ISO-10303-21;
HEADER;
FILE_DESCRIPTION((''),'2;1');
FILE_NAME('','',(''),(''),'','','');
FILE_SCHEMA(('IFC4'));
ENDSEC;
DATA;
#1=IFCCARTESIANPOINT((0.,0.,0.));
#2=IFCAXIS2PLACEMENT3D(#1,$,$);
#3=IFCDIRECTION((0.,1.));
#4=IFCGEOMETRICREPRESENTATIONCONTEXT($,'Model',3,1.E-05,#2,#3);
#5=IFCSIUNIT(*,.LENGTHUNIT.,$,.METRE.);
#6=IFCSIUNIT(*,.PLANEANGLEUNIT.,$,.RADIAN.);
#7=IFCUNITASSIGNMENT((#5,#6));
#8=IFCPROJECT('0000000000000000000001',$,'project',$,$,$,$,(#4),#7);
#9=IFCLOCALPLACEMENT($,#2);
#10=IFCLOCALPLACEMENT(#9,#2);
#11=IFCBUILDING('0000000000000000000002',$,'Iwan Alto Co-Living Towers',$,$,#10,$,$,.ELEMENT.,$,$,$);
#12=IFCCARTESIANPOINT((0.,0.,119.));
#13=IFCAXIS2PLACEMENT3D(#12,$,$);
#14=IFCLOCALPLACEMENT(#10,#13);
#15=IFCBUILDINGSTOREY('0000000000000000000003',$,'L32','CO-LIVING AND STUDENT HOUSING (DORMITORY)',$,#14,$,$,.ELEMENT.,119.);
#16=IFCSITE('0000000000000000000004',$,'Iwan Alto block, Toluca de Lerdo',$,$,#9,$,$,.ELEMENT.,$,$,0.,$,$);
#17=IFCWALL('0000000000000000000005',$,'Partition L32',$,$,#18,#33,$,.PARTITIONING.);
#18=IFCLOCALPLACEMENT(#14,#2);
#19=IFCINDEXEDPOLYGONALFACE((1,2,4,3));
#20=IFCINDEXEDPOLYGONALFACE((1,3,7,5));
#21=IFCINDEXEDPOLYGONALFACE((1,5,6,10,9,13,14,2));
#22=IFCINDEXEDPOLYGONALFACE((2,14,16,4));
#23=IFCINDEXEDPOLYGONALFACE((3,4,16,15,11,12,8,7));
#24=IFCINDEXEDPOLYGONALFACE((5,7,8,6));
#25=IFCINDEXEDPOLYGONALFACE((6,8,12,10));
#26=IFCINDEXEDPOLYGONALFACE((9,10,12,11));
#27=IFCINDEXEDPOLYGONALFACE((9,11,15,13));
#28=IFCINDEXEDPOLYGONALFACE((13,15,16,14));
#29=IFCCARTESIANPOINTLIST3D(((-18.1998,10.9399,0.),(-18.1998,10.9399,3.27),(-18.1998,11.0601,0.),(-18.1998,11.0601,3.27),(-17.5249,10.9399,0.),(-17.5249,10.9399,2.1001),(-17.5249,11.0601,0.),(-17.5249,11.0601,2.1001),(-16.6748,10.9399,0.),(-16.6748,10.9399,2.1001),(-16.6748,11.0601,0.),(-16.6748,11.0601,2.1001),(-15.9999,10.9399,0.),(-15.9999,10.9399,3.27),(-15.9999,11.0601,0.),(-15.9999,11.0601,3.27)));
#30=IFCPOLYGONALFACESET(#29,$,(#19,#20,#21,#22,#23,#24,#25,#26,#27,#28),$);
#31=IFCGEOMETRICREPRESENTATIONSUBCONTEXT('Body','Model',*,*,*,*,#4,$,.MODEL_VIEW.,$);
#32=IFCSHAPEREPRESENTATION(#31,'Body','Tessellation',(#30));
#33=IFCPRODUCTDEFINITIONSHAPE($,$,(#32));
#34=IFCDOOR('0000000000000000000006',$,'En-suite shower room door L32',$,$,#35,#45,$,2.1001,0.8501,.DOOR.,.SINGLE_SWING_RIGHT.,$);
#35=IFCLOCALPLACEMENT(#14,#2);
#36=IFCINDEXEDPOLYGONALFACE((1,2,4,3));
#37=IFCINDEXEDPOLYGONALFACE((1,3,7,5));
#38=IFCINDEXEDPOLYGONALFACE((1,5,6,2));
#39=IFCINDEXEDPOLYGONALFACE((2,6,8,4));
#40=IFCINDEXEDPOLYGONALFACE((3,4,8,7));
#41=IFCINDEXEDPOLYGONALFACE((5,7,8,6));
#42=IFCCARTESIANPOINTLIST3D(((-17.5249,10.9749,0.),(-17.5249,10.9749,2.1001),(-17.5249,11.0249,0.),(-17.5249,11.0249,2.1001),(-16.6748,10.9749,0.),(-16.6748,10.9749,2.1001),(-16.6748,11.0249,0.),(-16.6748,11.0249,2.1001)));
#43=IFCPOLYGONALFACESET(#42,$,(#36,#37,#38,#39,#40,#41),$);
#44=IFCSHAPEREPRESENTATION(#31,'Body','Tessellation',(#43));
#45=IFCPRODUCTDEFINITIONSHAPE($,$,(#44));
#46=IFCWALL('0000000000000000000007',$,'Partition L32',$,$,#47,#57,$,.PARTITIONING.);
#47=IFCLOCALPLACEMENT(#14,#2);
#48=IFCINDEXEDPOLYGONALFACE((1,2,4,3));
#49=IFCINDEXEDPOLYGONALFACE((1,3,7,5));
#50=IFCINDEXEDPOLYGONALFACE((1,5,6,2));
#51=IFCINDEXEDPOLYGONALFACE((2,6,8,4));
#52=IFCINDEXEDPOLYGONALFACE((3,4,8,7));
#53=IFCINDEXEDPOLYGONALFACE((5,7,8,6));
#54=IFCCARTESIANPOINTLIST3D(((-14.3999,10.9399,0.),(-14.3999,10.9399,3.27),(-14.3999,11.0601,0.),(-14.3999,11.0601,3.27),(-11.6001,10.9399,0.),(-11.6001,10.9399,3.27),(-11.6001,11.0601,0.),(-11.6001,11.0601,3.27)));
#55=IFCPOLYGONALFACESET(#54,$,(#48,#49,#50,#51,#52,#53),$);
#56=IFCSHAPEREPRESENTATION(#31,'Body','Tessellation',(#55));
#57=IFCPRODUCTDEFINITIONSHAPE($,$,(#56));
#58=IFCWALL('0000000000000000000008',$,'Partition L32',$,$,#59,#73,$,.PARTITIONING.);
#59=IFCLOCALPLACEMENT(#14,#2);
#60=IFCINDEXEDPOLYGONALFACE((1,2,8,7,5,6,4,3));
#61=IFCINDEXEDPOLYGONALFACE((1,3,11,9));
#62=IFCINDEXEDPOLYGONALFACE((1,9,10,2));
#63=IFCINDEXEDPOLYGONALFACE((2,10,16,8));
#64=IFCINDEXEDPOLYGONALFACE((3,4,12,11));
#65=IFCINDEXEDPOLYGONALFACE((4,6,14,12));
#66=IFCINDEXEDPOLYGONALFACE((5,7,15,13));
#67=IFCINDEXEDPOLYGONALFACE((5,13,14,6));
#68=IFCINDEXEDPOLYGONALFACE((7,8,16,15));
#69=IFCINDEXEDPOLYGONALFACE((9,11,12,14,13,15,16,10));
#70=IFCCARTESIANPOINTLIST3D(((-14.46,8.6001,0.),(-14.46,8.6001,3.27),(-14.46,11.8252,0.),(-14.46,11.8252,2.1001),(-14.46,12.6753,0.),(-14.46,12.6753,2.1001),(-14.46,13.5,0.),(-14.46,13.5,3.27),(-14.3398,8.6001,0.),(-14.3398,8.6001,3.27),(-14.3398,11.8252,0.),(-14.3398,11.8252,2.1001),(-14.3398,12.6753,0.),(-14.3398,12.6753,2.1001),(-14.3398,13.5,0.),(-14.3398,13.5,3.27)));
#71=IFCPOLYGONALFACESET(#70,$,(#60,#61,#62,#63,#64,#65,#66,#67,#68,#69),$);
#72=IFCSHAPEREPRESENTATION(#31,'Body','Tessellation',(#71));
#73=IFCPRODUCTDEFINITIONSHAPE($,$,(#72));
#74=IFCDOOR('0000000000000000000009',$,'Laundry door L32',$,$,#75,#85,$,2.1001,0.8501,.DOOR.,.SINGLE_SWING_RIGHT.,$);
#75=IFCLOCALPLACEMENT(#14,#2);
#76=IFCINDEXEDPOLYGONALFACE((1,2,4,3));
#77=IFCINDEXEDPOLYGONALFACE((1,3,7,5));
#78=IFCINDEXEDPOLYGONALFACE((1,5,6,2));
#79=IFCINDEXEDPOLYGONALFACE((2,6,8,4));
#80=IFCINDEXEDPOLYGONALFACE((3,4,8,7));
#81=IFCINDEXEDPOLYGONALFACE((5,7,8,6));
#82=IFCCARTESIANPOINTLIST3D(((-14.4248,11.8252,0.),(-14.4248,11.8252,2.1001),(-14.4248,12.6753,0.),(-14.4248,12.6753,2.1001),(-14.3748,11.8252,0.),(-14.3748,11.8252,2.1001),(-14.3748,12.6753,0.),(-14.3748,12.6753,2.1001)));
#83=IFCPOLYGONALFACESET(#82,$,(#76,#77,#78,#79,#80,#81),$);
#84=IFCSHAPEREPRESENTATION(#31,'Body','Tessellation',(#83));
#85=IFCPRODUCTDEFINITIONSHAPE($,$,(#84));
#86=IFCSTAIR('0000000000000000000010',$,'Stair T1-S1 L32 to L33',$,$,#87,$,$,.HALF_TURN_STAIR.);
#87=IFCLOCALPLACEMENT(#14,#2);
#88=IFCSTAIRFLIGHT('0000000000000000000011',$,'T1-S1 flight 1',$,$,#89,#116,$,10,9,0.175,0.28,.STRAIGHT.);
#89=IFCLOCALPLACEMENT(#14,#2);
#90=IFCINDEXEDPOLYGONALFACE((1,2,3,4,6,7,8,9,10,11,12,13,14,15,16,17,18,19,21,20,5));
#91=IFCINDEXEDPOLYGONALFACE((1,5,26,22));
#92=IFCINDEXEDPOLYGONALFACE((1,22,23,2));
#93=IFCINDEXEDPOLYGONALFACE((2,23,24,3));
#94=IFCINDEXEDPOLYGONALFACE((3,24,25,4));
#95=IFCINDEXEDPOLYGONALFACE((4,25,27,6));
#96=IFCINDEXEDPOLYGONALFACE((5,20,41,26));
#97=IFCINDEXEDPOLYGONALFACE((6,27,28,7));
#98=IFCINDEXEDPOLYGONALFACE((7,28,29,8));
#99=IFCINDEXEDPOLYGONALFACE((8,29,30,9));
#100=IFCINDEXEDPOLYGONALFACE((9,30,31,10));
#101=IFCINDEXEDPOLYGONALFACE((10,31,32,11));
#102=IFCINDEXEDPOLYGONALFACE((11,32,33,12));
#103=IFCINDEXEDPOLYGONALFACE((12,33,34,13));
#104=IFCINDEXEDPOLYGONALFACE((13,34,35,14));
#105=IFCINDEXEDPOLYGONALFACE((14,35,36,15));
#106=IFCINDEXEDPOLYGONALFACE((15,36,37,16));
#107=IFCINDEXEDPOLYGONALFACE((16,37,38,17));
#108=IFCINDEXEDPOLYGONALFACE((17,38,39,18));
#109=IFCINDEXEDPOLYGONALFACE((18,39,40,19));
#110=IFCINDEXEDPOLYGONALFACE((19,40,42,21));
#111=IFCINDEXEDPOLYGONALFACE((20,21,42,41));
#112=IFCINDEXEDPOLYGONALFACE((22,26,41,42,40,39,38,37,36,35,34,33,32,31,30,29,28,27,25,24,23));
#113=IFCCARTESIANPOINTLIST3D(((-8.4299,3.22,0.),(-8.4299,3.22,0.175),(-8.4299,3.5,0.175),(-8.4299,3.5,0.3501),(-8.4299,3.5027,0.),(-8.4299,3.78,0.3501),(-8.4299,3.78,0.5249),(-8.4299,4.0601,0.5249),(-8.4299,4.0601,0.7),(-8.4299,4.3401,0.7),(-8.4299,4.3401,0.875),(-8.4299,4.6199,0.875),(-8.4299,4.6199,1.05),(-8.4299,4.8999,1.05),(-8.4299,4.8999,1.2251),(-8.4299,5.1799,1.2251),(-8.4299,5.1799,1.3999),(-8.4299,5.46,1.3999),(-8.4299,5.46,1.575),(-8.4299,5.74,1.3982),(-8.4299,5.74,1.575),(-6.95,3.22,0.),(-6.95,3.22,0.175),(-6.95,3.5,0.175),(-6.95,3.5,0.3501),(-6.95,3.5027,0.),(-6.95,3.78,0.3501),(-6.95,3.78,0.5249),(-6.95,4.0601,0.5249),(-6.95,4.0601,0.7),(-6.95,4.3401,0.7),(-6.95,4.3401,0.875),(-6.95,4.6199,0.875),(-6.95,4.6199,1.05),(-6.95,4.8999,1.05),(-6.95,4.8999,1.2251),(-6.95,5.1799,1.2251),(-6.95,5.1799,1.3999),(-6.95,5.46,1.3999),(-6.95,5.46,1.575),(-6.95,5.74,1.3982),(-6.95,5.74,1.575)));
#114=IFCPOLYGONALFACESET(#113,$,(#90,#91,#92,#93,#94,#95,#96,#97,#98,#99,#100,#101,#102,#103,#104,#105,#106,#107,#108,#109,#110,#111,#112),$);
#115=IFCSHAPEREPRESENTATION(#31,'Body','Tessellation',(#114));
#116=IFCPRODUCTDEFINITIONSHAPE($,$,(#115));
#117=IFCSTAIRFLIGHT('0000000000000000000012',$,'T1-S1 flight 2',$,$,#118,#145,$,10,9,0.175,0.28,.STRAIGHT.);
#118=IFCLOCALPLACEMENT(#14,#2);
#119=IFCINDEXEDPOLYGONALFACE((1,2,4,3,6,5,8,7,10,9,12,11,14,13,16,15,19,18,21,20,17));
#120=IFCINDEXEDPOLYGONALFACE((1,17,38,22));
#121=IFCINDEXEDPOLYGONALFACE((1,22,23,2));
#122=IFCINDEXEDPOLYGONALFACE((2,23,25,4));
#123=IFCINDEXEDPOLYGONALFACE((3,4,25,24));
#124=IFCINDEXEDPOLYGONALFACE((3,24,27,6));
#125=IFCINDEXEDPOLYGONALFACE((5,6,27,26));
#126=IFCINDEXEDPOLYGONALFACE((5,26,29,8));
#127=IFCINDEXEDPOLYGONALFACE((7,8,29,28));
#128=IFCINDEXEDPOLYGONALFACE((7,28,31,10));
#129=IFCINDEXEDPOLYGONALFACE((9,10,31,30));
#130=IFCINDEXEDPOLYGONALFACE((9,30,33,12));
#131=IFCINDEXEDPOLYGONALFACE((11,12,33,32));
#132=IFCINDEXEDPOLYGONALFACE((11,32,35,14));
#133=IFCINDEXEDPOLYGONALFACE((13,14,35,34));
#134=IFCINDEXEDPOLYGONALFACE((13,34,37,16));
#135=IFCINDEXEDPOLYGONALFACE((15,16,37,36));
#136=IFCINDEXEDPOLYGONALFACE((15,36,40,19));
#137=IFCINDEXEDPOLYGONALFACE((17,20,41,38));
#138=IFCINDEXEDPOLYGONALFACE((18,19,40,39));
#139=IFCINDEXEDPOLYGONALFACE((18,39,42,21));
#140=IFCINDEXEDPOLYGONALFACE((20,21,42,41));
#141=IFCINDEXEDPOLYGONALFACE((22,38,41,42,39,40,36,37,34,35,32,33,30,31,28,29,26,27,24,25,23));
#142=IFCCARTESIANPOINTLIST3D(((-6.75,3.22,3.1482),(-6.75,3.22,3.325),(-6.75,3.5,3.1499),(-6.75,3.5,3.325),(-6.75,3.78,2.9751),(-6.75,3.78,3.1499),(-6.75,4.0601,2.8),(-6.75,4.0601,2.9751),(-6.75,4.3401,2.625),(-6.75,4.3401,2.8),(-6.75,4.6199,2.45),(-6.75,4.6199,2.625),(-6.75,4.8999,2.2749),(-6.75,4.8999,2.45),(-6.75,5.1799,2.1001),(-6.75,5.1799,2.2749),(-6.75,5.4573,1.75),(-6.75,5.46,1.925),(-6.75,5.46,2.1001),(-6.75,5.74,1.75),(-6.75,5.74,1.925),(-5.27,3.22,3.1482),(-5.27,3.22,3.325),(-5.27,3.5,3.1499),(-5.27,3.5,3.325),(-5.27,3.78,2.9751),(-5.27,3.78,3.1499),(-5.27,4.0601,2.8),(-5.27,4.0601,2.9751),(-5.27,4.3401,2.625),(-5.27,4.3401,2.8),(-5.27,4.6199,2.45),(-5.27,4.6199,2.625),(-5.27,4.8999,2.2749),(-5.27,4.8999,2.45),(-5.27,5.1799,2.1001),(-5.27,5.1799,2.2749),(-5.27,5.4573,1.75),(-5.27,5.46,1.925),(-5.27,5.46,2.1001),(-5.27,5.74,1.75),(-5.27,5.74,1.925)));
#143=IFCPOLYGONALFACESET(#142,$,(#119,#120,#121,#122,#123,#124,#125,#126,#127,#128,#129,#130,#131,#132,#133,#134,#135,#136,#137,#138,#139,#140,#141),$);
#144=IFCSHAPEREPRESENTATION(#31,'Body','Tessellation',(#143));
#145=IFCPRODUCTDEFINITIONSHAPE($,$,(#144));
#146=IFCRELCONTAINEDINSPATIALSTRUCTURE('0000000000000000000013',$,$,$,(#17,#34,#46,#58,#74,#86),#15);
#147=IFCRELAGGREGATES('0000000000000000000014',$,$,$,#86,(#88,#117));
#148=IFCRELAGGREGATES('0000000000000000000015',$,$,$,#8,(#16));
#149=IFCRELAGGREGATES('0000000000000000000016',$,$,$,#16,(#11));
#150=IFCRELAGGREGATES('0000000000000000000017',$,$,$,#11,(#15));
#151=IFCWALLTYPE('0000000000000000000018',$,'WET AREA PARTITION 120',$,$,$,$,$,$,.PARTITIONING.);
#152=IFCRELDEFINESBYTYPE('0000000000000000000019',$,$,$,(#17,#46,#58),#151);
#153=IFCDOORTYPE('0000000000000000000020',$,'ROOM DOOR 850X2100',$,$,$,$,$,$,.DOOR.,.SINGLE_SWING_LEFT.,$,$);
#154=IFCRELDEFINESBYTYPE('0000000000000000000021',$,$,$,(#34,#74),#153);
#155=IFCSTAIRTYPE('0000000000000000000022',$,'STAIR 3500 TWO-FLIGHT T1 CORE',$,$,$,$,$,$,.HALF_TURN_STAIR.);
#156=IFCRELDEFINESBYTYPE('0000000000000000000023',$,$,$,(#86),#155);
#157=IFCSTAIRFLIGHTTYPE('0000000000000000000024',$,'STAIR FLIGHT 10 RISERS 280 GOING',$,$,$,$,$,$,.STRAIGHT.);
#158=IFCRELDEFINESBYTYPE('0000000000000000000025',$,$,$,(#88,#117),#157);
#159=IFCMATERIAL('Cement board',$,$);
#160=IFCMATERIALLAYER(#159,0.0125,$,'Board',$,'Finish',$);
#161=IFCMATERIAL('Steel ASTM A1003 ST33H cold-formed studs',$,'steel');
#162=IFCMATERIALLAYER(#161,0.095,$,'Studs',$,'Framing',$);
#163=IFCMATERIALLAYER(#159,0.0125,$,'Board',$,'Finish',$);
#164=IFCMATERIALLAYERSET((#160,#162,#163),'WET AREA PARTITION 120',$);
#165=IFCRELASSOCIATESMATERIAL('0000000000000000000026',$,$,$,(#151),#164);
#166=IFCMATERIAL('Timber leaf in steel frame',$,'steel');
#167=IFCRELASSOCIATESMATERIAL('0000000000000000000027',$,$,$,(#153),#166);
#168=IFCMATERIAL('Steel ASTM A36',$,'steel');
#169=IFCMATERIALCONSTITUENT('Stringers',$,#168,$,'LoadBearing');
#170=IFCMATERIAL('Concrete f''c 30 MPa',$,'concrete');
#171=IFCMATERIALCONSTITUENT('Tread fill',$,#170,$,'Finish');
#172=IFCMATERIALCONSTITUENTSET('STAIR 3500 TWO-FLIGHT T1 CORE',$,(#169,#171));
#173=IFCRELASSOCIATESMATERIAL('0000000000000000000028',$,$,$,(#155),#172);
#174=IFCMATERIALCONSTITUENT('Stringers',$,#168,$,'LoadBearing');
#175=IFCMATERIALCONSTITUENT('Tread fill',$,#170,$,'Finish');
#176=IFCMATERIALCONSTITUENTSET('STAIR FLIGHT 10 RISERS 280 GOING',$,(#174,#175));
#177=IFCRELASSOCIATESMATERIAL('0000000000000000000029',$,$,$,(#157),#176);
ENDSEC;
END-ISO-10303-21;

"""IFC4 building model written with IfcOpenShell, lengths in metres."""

from ifc_helpers import new_model, si_unit, direction, frame, frame_2d, origin, place, context, subcontext, project, spatial, polyline, rectangle, outline, extrude, material, layer, layer_set, constituent, constituent_set, type_object, element, fill, aggregate, save


model = new_model("IFC4")

# Units and contexts
model_context = context("Model", 3, precision=1e-05, world=origin(), true_north=direction((0.0, 1.0)))
body_context = subcontext(model_context, "Body", "Model", "MODEL_VIEW")
ifc_project = project(units=[si_unit("LENGTHUNIT", "METRE"), si_unit("PLANEANGLEUNIT", "RADIAN")], contexts=[model_context])

# Site, building, storey
site_placement = place(None, origin())
site = spatial("IfcSite", under=ifc_project, at=site_placement, Name="Iwan Alto block, Toluca de Lerdo", CompositionType="ELEMENT", RefElevation=0.0)
building_placement = place(site_placement, origin())
building = spatial("IfcBuilding", under=site, at=building_placement, Name="Iwan Alto Co-Living Towers", CompositionType="ELEMENT")
storey_placement = place(building_placement, frame((0.0, 0.0, 119.0)))
storey = spatial("IfcBuildingStorey", under=building, at=storey_placement, Name="L32", Description="CO-LIVING AND STUDENT HOUSING (DORMITORY)", CompositionType="ELEMENT", Elevation=119.0)

# Shared definitions
ifc_material_1 = material(Name="Steel ASTM A1003 ST33H cold-formed studs", Category="steel")

# Wall, opening, door
ifc_material_2 = material(Name="Cement board")
ifc_layer_1 = layer(ifc_material_2, 0.0125, Name="Board", Category="Finish")
ifc_layer_2 = layer(ifc_material_1, 0.095, Name="Studs", Category="Framing")
ifc_layer_3 = layer(ifc_material_2, 0.0125, Name="Board", Category="Finish")
ifc_layer_set_1 = layer_set([ifc_layer_1, ifc_layer_2, ifc_layer_3], Name="WET AREA PARTITION 120")
wall_type_1 = type_object("IfcWallType", Name="WET AREA PARTITION 120", PredefinedType="PARTITIONING", material=ifc_layer_set_1)
ifc_material_3 = material(Name="Timber leaf in steel frame", Category="steel")
door_type_1 = type_object("IfcDoorType", Name="ROOM DOOR 850X2100", OperationType="SINGLE_SWING_LEFT", PredefinedType="DOOR", material=ifc_material_3)
wall_1_placement = place(storey_placement, frame((-18.2, 11.0, 0.0), z_axis=(0.0, 0.0, 1.0), x_axis=(1.0, 0.0, 0.0)))
wall_1 = element("IfcWall", 1, at=wall_1_placement, inside=storey, type_object=wall_type_1, Name="Partition L32", PredefinedType="PARTITIONING", context=body_context, shape_type="SweptSolid", body=[
    extrude(rectangle(XDim=2.2, YDim=0.1201, at=frame_2d((1.1001, 0.0))), origin(), (0.0, 0.0, 1.0), 3.27),
])
opening_1_placement = place(wall_1_placement, frame((0.675, 0.0, 0.0)))
opening_1 = element("IfcOpeningElement", 2, at=opening_1_placement, cuts=wall_1, PredefinedType="OPENING", context=body_context, shape_type="SweptSolid", body=[
    extrude(rectangle(XDim=0.8501, YDim=2.1001, at=frame_2d((0.425, 1.05))), frame((0.0, 0.0701, 0.0), z_axis=(0.0, -1.0, 0.0), x_axis=(1.0, 0.0, 0.0)), (0.0, 0.0, 1.0), 0.1401),
])
door_1_placement = place(opening_1_placement, origin())
door_1 = element("IfcDoor", 3, at=door_1_placement, inside=storey, type_object=door_type_1, Name="En-suite shower room door L32", OperationType="SINGLE_SWING_RIGHT", OverallHeight=2.1001, OverallWidth=0.8501, PredefinedType="DOOR", context=body_context, shape_type="SweptSolid", body=[
    extrude(rectangle(XDim=0.8501, YDim=2.1001, at=frame_2d((0.425, 1.05))), frame((0.0, 0.0249, 0.0), z_axis=(0.0, -1.0, 0.0), x_axis=(1.0, 0.0, 0.0)), (0.0, 0.0, 1.0), 0.05),
])
fill(opening_1, door_1)

# Wall
wall_2_placement = place(storey_placement, frame((-14.3999, 11.0, 0.0), z_axis=(0.0, 0.0, 1.0), x_axis=(1.0, 0.0, 0.0)))
element("IfcWall", 4, at=wall_2_placement, inside=storey, type_object=wall_type_1, Name="Partition L32", PredefinedType="PARTITIONING", context=body_context, shape_type="SweptSolid", body=[
    extrude(rectangle(XDim=2.7998, YDim=0.1201, at=frame_2d((1.3999, 0.0))), origin(), (0.0, 0.0, 1.0), 3.27),
])

# Wall, opening, door
wall_3_placement = place(storey_placement, frame((-14.3999, 8.6001, 0.0), z_axis=(0.0, 0.0, 1.0), x_axis=(0.0, 1.0, 0.0)))
wall_3 = element("IfcWall", 5, at=wall_3_placement, inside=storey, type_object=wall_type_1, Name="Partition L32", PredefinedType="PARTITIONING", context=body_context, shape_type="SweptSolid", body=[
    extrude(rectangle(XDim=4.8999, YDim=0.1201, at=frame_2d((2.45, 0.0))), origin(), (0.0, 0.0, 1.0), 3.27),
])
opening_2_placement = place(wall_3_placement, frame((3.2251, 0.0, 0.0)))
opening_2 = element("IfcOpeningElement", 6, at=opening_2_placement, cuts=wall_3, PredefinedType="OPENING", context=body_context, shape_type="SweptSolid", body=[
    extrude(rectangle(XDim=0.8501, YDim=2.1001, at=frame_2d((0.425, 1.05))), frame((0.0, 0.0701, 0.0), z_axis=(0.0, -1.0, 0.0), x_axis=(1.0, 0.0, 0.0)), (0.0, 0.0, 1.0), 0.1401),
])
door_2_placement = place(opening_2_placement, origin())
door_2 = element("IfcDoor", 7, at=door_2_placement, inside=storey, type_object=door_type_1, Name="Laundry door L32", OperationType="SINGLE_SWING_RIGHT", OverallHeight=2.1001, OverallWidth=0.8501, PredefinedType="DOOR", context=body_context, shape_type="SweptSolid", body=[
    extrude(rectangle(XDim=0.8501, YDim=2.1001, at=frame_2d((0.425, 1.05))), frame((0.0, 0.0249, 0.0), z_axis=(0.0, -1.0, 0.0), x_axis=(1.0, 0.0, 0.0)), (0.0, 0.0, 1.0), 0.05),
])
fill(opening_2, door_2)

# Stair, stair flights
ifc_material_4 = material(Name="Steel ASTM A36", Category="steel")
ifc_constituent_1 = constituent(ifc_material_4, Name="Stringers", Category="LoadBearing")
ifc_material_5 = material(Name="Concrete f'c 30 MPa", Category="concrete")
ifc_constituent_2 = constituent(ifc_material_5, Name="Tread fill", Category="Finish")
ifc_constituent_set_1 = constituent_set(constituents=[ifc_constituent_1, ifc_constituent_2], Name="STAIR 3500 TWO-FLIGHT T1 CORE")
stair_type = type_object("IfcStairType", Name="STAIR 3500 TWO-FLIGHT T1 CORE", PredefinedType="HALF_TURN_STAIR", material=ifc_constituent_set_1)
stair_placement = place(storey_placement, origin())
stair = element("IfcStair", 8, at=stair_placement, inside=storey, type_object=stair_type, Name="Stair T1-S1 L32 to L33", PredefinedType="HALF_TURN_STAIR")
ifc_constituent_3 = constituent(ifc_material_4, Name="Stringers", Category="LoadBearing")
ifc_constituent_4 = constituent(ifc_material_5, Name="Tread fill", Category="Finish")
ifc_constituent_set_2 = constituent_set(constituents=[ifc_constituent_3, ifc_constituent_4], Name="STAIR FLIGHT 10 RISERS 280 GOING")
stair_flight_type = type_object("IfcStairFlightType", Name="STAIR FLIGHT 10 RISERS 280 GOING", PredefinedType="STRAIGHT", material=ifc_constituent_set_2)
stair_flight_1_placement = place(storey_placement, frame((-7.6899, 3.22, 0.0), z_axis=(0.0, 0.0, 1.0), x_axis=(0.0, 1.0, 0.0)))
stair_flight_1 = element("IfcStairFlight", 9, at=stair_flight_1_placement, type_object=stair_flight_type, Name="T1-S1 flight 1", NumberOfRisers=10, NumberOfTreads=9, PredefinedType="STRAIGHT", RiserHeight=0.175, TreadLength=0.28, context=body_context, shape_type="SweptSolid", body=[
    extrude(outline(polyline([(0.0, 0.0), (0.0, 0.175), (0.28, 0.175), (0.28, 0.3501), (0.5601, 0.3501), (0.5601, 0.5249), (0.8401, 0.5249), (0.8401, 0.7), (1.1201, 0.7), (1.1201, 0.875), (1.3999, 0.875), (1.3999, 1.05), (1.6799, 1.05), (1.6799, 1.2251), (1.96, 1.2251), (1.96, 1.3999), (2.24, 1.3999), (2.24, 1.575), (2.52, 1.575), (2.52, 1.75), (2.52, 1.3982), (0.2827, 0.0), (0.0, 0.0)])), frame((0.0, 0.74, 0.0), z_axis=(0.0, -1.0, 0.0), x_axis=(1.0, 0.0, 0.0)), (0.0, 0.0, 1.0), 1.48),
])
stair_flight_2_placement = place(storey_placement, frame((-6.01, 5.74, 1.75), z_axis=(0.0, 0.0, 1.0), x_axis=(0.0, -1.0, 0.0)))
stair_flight_2 = element("IfcStairFlight", 10, at=stair_flight_2_placement, type_object=stair_flight_type, Name="T1-S1 flight 2", NumberOfRisers=10, NumberOfTreads=9, PredefinedType="STRAIGHT", RiserHeight=0.175, TreadLength=0.28, context=body_context, shape_type="SweptSolid", body=[
    extrude(outline(polyline([(0.0, 0.0), (0.0, 0.175), (0.28, 0.175), (0.28, 0.3501), (0.5601, 0.3501), (0.5601, 0.5249), (0.8401, 0.5249), (0.8401, 0.7), (1.1201, 0.7), (1.1201, 0.875), (1.3999, 0.875), (1.3999, 1.05), (1.6799, 1.05), (1.6799, 1.2251), (1.96, 1.2251), (1.96, 1.3999), (2.24, 1.3999), (2.24, 1.575), (2.52, 1.575), (2.52, 1.75), (2.52, 1.3982), (0.2827, 0.0), (0.0, 0.0)])), frame((0.0, 0.74, 0.0), z_axis=(0.0, -1.0, 0.0), x_axis=(1.0, 0.0, 0.0)), (0.0, 0.0, 1.0), 1.48),
])
aggregate(stair, [stair_flight_1, stair_flight_2])

save(model, "model.ifc")
